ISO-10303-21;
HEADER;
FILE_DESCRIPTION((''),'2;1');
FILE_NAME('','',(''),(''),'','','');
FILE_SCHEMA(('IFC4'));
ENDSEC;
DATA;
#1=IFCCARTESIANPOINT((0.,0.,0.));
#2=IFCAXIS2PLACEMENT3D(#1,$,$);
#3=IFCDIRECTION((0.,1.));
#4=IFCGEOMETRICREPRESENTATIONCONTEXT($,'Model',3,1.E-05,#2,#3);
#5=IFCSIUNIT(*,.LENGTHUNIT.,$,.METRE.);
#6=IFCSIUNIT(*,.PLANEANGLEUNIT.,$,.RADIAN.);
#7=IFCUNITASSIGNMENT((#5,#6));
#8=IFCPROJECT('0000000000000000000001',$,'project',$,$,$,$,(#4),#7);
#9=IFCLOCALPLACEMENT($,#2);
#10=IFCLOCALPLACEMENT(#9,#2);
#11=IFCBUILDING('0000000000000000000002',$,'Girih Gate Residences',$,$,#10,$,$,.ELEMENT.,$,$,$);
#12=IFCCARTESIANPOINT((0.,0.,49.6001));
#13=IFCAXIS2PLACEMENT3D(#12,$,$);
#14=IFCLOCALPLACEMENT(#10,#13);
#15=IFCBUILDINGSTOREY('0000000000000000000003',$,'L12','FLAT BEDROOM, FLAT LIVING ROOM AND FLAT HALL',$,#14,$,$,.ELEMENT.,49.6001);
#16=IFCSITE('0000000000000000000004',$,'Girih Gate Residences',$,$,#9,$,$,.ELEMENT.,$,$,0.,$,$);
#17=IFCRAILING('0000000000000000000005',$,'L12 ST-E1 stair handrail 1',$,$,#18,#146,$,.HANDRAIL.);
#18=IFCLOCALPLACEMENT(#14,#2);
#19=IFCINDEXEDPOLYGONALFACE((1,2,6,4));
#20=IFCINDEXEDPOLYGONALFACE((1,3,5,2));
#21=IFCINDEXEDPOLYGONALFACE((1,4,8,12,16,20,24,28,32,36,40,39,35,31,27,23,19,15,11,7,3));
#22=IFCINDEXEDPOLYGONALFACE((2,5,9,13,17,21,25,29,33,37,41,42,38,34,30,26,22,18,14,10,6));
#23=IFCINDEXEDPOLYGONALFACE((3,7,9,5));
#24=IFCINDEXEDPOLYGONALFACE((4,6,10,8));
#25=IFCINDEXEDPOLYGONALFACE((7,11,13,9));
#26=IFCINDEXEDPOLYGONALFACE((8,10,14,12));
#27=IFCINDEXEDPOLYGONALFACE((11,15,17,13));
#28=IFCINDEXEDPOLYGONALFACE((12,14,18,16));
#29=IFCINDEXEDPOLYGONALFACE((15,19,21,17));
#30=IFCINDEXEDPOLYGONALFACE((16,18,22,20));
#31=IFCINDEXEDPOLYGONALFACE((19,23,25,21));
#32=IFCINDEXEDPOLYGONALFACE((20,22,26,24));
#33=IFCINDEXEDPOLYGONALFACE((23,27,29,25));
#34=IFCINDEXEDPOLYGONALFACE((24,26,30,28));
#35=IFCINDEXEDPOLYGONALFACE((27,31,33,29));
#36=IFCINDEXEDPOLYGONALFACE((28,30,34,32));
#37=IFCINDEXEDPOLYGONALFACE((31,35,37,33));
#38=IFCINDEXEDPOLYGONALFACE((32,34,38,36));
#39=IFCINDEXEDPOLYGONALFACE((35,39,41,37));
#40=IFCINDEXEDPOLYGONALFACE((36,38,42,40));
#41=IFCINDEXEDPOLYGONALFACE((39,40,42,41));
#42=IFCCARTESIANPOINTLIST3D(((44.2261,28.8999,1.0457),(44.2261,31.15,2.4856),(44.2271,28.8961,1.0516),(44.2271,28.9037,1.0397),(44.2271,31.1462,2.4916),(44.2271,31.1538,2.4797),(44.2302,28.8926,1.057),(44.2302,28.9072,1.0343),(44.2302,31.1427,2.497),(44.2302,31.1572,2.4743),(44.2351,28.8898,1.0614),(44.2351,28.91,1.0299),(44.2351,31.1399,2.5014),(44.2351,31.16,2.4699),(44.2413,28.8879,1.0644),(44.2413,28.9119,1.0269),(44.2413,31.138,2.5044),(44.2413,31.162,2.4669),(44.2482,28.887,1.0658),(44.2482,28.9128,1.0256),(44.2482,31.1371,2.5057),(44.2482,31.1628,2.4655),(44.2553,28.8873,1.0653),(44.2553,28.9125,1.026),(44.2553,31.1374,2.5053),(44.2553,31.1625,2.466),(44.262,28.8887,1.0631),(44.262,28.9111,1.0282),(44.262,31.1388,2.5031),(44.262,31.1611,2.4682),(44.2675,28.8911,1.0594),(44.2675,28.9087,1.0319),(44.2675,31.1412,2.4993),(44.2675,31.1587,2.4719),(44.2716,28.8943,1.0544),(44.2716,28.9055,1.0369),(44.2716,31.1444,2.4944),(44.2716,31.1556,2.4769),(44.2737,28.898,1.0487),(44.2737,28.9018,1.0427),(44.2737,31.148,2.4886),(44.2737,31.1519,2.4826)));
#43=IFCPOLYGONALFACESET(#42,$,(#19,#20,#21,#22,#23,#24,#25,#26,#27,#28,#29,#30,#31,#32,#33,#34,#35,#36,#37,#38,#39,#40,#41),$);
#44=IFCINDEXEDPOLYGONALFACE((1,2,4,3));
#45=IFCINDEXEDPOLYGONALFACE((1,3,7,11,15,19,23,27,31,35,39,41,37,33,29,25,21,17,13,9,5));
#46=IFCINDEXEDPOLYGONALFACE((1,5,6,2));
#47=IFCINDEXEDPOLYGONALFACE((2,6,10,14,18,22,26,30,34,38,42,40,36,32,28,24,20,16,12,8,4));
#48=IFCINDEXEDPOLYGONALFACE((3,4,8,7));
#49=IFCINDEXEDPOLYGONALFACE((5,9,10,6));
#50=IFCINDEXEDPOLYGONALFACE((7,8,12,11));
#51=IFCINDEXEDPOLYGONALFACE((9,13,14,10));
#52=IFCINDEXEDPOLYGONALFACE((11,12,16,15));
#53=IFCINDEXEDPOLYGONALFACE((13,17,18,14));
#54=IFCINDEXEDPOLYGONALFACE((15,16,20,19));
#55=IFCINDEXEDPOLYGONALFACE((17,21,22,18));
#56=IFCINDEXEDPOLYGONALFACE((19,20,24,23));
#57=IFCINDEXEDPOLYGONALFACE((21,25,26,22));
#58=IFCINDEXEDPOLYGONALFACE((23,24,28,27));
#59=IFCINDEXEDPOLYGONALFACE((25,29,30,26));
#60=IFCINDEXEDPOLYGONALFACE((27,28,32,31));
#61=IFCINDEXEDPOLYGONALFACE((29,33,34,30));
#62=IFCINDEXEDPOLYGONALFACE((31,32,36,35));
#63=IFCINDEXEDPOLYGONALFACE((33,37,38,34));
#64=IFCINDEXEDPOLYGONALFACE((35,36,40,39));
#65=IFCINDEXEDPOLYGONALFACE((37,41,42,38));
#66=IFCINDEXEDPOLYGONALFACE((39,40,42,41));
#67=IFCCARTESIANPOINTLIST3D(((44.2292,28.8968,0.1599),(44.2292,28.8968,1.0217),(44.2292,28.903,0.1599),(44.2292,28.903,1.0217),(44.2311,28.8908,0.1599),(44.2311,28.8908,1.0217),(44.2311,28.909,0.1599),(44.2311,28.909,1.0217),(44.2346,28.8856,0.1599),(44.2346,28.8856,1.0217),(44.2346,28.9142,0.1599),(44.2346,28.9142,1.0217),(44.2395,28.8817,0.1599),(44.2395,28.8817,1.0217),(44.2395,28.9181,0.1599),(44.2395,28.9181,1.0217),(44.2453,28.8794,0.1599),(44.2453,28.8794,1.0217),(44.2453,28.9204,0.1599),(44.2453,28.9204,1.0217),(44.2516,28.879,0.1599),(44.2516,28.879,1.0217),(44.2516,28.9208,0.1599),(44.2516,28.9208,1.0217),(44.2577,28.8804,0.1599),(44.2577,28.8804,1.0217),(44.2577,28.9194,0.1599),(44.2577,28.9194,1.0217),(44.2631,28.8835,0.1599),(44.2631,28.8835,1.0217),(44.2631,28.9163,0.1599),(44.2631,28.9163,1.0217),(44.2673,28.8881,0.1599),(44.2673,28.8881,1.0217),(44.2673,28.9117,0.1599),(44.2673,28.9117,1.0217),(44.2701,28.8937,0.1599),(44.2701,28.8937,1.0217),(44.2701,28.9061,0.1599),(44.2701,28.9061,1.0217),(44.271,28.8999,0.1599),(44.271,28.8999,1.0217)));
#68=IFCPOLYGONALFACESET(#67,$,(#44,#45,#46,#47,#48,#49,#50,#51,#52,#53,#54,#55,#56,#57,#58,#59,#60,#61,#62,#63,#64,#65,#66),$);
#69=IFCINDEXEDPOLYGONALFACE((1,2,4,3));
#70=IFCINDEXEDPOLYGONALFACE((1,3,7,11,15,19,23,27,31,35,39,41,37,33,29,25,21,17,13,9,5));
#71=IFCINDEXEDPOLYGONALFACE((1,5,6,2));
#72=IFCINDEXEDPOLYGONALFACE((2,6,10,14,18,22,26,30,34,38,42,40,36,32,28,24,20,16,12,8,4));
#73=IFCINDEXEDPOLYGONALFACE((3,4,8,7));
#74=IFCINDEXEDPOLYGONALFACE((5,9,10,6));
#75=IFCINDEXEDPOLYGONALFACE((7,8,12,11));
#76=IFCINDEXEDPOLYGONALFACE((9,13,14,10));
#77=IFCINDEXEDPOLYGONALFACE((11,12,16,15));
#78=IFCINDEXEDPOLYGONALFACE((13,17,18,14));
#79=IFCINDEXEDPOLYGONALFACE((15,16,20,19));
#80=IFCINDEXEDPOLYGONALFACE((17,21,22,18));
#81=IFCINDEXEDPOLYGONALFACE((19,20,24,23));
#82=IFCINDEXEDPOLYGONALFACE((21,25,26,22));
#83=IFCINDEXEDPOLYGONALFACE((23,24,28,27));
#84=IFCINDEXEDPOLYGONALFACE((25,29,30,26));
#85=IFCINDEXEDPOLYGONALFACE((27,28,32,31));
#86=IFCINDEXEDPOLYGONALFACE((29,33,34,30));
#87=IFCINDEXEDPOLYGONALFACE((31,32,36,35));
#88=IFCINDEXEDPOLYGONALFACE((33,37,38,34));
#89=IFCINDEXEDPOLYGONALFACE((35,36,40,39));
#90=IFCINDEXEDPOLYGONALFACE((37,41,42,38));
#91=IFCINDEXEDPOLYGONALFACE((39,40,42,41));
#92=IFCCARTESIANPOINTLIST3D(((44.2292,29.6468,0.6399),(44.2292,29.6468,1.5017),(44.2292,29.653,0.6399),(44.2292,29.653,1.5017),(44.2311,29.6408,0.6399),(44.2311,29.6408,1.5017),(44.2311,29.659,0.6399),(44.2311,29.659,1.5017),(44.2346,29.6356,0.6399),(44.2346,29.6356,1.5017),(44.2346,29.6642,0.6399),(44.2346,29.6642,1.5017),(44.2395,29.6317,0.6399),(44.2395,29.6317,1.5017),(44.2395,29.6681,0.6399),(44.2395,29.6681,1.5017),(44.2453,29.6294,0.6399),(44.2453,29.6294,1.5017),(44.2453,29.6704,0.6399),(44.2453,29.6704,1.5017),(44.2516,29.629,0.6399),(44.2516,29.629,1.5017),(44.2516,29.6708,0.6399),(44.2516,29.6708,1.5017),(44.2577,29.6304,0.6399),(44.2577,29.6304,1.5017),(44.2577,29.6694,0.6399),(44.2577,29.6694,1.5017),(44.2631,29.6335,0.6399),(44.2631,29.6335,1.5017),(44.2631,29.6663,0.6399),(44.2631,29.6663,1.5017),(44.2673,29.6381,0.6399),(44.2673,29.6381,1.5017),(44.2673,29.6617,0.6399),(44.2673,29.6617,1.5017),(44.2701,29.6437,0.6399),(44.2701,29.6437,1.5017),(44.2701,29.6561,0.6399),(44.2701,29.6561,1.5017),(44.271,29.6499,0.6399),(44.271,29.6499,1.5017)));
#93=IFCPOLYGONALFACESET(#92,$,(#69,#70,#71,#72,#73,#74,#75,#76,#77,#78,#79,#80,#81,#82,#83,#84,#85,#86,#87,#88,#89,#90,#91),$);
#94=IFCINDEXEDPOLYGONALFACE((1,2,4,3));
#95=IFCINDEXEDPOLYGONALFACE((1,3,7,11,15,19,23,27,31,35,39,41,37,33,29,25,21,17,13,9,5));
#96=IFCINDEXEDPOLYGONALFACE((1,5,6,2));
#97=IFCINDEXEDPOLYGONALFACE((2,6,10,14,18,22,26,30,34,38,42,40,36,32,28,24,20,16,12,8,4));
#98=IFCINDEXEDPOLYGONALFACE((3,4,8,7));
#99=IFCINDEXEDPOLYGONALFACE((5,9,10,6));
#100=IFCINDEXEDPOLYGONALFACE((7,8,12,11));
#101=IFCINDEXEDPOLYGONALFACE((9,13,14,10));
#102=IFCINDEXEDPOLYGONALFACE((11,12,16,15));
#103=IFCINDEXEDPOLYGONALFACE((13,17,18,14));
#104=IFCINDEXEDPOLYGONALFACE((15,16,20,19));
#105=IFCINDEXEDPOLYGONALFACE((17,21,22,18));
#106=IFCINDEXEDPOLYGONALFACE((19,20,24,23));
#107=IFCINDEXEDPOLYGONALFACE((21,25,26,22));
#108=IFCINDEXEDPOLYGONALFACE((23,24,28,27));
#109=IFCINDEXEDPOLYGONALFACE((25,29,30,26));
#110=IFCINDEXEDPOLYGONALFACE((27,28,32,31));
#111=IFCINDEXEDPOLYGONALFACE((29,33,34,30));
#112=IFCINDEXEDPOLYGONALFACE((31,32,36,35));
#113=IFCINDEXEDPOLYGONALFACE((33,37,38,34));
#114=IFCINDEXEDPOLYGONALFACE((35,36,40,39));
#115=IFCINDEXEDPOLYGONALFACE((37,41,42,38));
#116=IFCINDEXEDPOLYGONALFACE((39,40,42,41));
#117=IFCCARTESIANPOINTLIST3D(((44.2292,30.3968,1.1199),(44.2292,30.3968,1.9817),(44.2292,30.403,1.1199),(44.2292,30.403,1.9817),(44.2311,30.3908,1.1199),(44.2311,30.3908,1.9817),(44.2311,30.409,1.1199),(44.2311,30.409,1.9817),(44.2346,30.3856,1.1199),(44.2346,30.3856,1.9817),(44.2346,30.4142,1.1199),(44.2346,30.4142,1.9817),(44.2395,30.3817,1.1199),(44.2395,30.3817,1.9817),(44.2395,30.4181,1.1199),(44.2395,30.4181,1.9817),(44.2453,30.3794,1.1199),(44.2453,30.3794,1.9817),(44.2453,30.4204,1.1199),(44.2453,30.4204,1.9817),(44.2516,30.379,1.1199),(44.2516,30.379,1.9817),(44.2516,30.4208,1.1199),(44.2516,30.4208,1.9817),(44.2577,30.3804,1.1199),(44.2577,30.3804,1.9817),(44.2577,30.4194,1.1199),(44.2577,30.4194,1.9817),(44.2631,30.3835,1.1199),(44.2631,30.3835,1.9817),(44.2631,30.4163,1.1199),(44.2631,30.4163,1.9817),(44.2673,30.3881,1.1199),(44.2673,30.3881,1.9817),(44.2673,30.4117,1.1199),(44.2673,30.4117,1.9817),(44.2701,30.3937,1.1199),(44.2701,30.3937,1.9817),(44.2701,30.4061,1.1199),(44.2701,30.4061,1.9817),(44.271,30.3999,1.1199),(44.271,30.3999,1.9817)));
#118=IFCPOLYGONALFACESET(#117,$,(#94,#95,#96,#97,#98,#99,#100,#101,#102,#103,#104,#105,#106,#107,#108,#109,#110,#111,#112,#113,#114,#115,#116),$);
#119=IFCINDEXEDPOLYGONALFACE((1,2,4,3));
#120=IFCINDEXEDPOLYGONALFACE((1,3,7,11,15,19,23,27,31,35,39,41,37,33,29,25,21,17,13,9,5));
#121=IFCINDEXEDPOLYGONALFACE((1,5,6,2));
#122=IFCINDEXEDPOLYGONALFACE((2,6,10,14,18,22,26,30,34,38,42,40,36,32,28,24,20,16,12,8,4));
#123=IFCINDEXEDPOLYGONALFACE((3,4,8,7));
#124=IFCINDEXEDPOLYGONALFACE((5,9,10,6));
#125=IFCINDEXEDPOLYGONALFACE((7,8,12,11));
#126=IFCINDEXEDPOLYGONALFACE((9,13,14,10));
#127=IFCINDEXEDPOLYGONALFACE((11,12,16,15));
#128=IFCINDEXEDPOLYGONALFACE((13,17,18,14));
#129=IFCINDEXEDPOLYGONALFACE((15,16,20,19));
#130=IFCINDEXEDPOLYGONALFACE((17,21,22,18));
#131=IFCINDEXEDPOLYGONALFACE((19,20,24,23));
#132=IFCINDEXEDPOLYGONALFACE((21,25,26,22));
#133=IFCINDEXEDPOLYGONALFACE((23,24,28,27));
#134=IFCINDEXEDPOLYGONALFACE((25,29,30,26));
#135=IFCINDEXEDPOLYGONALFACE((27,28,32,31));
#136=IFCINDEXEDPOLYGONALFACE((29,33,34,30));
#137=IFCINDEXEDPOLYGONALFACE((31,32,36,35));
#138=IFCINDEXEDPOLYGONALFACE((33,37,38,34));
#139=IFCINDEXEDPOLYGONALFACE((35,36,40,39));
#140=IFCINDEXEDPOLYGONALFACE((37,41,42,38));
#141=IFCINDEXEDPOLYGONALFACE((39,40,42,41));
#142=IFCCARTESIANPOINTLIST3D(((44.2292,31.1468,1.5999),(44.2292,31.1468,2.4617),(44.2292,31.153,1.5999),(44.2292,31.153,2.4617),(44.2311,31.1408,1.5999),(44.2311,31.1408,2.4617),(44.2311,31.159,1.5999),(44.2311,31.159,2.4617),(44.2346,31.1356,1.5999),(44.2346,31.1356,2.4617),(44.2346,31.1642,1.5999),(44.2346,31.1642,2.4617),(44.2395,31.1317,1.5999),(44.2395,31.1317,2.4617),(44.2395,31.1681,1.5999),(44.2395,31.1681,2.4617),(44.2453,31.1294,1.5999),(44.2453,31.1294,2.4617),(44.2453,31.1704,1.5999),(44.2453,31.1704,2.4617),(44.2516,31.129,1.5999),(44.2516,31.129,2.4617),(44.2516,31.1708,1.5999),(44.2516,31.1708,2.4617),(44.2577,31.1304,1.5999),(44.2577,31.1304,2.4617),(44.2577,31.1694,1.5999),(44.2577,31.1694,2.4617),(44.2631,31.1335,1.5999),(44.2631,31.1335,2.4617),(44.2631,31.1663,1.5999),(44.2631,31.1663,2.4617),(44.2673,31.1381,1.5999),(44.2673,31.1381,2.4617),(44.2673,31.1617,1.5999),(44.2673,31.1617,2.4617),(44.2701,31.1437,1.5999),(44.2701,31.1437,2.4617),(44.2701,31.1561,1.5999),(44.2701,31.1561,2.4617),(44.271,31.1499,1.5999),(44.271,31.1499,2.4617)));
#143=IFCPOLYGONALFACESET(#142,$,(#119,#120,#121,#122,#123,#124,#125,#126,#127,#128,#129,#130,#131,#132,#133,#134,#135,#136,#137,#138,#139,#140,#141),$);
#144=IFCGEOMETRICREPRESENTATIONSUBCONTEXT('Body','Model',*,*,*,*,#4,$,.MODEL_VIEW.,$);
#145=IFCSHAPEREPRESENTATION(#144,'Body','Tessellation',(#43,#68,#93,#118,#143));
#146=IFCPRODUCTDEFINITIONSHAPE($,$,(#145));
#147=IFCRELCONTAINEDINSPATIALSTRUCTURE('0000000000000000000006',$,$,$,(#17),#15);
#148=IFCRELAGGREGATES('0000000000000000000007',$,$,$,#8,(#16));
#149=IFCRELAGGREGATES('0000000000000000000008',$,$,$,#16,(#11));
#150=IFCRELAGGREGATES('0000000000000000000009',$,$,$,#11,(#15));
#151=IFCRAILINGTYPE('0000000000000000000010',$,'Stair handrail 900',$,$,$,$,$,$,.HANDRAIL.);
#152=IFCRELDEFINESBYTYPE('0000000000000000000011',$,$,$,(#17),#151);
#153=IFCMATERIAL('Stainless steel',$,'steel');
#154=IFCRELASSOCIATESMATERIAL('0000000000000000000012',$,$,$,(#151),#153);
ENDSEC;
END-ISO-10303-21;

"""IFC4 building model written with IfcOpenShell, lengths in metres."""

from ifc_helpers import new_model, si_unit, direction, frame, origin, origin_2d, place, context, subcontext, project, spatial, circle, extrude, material, type_object, element, save


model = new_model("IFC4")

# Units and contexts
model_context = context("Model", 3, precision=1e-05, world=origin(), true_north=direction((0.0, 1.0)))
body_context = subcontext(model_context, "Body", "Model", "MODEL_VIEW")
ifc_project = project(units=[si_unit("LENGTHUNIT", "METRE"), si_unit("PLANEANGLEUNIT", "RADIAN")], contexts=[model_context])

# Site, building, storey
site_placement = place(None, origin())
site = spatial("IfcSite", under=ifc_project, at=site_placement, Name="Girih Gate Residences", CompositionType="ELEMENT", RefElevation=0.0)
building_placement = place(site_placement, origin())
building = spatial("IfcBuilding", under=site, at=building_placement, Name="Girih Gate Residences", CompositionType="ELEMENT")
storey_placement = place(building_placement, frame((0.0, 0.0, 49.6001)))
storey = spatial("IfcBuildingStorey", under=building, at=storey_placement, Name="L12", Description="FLAT BEDROOM, FLAT LIVING ROOM AND FLAT HALL", CompositionType="ELEMENT", Elevation=49.6001)

# Railing
ifc_material_1 = material(Name="Stainless steel", Category="steel")
railing_type_1 = type_object("IfcRailingType", Name="Stair handrail 900", PredefinedType="HANDRAIL", material=ifc_material_1)
railing_1_placement = place(storey_placement, frame((44.25, 28.8999, 0.1599)))
element("IfcRailing", 1, at=railing_1_placement, inside=storey, type_object=railing_type_1, Name="L12 ST-E1 stair handrail 1", PredefinedType="HANDRAIL", context=body_context, shape_type="SweptSolid", body=[
    extrude(circle(Radius=0.0239, at=origin_2d()), frame((0.0, 0.0, 0.8857), z_axis=(0.0, 0.842281, 0.539038), x_axis=(-1.0, 0.0, 0.0)), (0.0, 0.0, 1.0), 2.6714),
    extrude(circle(Radius=0.021, at=origin_2d()), origin(), (0.0, 0.0, 1.0), 0.8618),
    extrude(circle(Radius=0.021, at=origin_2d()), frame((0.0, 0.75, 0.48)), (0.0, 0.0, 1.0), 0.8618),
    extrude(circle(Radius=0.021, at=origin_2d()), frame((0.0, 1.5, 0.96)), (0.0, 0.0, 1.0), 0.8618),
    extrude(circle(Radius=0.021, at=origin_2d()), frame((0.0, 2.25, 1.4399)), (0.0, 0.0, 1.0), 0.8618),
])

save(model, "model.ifc")
